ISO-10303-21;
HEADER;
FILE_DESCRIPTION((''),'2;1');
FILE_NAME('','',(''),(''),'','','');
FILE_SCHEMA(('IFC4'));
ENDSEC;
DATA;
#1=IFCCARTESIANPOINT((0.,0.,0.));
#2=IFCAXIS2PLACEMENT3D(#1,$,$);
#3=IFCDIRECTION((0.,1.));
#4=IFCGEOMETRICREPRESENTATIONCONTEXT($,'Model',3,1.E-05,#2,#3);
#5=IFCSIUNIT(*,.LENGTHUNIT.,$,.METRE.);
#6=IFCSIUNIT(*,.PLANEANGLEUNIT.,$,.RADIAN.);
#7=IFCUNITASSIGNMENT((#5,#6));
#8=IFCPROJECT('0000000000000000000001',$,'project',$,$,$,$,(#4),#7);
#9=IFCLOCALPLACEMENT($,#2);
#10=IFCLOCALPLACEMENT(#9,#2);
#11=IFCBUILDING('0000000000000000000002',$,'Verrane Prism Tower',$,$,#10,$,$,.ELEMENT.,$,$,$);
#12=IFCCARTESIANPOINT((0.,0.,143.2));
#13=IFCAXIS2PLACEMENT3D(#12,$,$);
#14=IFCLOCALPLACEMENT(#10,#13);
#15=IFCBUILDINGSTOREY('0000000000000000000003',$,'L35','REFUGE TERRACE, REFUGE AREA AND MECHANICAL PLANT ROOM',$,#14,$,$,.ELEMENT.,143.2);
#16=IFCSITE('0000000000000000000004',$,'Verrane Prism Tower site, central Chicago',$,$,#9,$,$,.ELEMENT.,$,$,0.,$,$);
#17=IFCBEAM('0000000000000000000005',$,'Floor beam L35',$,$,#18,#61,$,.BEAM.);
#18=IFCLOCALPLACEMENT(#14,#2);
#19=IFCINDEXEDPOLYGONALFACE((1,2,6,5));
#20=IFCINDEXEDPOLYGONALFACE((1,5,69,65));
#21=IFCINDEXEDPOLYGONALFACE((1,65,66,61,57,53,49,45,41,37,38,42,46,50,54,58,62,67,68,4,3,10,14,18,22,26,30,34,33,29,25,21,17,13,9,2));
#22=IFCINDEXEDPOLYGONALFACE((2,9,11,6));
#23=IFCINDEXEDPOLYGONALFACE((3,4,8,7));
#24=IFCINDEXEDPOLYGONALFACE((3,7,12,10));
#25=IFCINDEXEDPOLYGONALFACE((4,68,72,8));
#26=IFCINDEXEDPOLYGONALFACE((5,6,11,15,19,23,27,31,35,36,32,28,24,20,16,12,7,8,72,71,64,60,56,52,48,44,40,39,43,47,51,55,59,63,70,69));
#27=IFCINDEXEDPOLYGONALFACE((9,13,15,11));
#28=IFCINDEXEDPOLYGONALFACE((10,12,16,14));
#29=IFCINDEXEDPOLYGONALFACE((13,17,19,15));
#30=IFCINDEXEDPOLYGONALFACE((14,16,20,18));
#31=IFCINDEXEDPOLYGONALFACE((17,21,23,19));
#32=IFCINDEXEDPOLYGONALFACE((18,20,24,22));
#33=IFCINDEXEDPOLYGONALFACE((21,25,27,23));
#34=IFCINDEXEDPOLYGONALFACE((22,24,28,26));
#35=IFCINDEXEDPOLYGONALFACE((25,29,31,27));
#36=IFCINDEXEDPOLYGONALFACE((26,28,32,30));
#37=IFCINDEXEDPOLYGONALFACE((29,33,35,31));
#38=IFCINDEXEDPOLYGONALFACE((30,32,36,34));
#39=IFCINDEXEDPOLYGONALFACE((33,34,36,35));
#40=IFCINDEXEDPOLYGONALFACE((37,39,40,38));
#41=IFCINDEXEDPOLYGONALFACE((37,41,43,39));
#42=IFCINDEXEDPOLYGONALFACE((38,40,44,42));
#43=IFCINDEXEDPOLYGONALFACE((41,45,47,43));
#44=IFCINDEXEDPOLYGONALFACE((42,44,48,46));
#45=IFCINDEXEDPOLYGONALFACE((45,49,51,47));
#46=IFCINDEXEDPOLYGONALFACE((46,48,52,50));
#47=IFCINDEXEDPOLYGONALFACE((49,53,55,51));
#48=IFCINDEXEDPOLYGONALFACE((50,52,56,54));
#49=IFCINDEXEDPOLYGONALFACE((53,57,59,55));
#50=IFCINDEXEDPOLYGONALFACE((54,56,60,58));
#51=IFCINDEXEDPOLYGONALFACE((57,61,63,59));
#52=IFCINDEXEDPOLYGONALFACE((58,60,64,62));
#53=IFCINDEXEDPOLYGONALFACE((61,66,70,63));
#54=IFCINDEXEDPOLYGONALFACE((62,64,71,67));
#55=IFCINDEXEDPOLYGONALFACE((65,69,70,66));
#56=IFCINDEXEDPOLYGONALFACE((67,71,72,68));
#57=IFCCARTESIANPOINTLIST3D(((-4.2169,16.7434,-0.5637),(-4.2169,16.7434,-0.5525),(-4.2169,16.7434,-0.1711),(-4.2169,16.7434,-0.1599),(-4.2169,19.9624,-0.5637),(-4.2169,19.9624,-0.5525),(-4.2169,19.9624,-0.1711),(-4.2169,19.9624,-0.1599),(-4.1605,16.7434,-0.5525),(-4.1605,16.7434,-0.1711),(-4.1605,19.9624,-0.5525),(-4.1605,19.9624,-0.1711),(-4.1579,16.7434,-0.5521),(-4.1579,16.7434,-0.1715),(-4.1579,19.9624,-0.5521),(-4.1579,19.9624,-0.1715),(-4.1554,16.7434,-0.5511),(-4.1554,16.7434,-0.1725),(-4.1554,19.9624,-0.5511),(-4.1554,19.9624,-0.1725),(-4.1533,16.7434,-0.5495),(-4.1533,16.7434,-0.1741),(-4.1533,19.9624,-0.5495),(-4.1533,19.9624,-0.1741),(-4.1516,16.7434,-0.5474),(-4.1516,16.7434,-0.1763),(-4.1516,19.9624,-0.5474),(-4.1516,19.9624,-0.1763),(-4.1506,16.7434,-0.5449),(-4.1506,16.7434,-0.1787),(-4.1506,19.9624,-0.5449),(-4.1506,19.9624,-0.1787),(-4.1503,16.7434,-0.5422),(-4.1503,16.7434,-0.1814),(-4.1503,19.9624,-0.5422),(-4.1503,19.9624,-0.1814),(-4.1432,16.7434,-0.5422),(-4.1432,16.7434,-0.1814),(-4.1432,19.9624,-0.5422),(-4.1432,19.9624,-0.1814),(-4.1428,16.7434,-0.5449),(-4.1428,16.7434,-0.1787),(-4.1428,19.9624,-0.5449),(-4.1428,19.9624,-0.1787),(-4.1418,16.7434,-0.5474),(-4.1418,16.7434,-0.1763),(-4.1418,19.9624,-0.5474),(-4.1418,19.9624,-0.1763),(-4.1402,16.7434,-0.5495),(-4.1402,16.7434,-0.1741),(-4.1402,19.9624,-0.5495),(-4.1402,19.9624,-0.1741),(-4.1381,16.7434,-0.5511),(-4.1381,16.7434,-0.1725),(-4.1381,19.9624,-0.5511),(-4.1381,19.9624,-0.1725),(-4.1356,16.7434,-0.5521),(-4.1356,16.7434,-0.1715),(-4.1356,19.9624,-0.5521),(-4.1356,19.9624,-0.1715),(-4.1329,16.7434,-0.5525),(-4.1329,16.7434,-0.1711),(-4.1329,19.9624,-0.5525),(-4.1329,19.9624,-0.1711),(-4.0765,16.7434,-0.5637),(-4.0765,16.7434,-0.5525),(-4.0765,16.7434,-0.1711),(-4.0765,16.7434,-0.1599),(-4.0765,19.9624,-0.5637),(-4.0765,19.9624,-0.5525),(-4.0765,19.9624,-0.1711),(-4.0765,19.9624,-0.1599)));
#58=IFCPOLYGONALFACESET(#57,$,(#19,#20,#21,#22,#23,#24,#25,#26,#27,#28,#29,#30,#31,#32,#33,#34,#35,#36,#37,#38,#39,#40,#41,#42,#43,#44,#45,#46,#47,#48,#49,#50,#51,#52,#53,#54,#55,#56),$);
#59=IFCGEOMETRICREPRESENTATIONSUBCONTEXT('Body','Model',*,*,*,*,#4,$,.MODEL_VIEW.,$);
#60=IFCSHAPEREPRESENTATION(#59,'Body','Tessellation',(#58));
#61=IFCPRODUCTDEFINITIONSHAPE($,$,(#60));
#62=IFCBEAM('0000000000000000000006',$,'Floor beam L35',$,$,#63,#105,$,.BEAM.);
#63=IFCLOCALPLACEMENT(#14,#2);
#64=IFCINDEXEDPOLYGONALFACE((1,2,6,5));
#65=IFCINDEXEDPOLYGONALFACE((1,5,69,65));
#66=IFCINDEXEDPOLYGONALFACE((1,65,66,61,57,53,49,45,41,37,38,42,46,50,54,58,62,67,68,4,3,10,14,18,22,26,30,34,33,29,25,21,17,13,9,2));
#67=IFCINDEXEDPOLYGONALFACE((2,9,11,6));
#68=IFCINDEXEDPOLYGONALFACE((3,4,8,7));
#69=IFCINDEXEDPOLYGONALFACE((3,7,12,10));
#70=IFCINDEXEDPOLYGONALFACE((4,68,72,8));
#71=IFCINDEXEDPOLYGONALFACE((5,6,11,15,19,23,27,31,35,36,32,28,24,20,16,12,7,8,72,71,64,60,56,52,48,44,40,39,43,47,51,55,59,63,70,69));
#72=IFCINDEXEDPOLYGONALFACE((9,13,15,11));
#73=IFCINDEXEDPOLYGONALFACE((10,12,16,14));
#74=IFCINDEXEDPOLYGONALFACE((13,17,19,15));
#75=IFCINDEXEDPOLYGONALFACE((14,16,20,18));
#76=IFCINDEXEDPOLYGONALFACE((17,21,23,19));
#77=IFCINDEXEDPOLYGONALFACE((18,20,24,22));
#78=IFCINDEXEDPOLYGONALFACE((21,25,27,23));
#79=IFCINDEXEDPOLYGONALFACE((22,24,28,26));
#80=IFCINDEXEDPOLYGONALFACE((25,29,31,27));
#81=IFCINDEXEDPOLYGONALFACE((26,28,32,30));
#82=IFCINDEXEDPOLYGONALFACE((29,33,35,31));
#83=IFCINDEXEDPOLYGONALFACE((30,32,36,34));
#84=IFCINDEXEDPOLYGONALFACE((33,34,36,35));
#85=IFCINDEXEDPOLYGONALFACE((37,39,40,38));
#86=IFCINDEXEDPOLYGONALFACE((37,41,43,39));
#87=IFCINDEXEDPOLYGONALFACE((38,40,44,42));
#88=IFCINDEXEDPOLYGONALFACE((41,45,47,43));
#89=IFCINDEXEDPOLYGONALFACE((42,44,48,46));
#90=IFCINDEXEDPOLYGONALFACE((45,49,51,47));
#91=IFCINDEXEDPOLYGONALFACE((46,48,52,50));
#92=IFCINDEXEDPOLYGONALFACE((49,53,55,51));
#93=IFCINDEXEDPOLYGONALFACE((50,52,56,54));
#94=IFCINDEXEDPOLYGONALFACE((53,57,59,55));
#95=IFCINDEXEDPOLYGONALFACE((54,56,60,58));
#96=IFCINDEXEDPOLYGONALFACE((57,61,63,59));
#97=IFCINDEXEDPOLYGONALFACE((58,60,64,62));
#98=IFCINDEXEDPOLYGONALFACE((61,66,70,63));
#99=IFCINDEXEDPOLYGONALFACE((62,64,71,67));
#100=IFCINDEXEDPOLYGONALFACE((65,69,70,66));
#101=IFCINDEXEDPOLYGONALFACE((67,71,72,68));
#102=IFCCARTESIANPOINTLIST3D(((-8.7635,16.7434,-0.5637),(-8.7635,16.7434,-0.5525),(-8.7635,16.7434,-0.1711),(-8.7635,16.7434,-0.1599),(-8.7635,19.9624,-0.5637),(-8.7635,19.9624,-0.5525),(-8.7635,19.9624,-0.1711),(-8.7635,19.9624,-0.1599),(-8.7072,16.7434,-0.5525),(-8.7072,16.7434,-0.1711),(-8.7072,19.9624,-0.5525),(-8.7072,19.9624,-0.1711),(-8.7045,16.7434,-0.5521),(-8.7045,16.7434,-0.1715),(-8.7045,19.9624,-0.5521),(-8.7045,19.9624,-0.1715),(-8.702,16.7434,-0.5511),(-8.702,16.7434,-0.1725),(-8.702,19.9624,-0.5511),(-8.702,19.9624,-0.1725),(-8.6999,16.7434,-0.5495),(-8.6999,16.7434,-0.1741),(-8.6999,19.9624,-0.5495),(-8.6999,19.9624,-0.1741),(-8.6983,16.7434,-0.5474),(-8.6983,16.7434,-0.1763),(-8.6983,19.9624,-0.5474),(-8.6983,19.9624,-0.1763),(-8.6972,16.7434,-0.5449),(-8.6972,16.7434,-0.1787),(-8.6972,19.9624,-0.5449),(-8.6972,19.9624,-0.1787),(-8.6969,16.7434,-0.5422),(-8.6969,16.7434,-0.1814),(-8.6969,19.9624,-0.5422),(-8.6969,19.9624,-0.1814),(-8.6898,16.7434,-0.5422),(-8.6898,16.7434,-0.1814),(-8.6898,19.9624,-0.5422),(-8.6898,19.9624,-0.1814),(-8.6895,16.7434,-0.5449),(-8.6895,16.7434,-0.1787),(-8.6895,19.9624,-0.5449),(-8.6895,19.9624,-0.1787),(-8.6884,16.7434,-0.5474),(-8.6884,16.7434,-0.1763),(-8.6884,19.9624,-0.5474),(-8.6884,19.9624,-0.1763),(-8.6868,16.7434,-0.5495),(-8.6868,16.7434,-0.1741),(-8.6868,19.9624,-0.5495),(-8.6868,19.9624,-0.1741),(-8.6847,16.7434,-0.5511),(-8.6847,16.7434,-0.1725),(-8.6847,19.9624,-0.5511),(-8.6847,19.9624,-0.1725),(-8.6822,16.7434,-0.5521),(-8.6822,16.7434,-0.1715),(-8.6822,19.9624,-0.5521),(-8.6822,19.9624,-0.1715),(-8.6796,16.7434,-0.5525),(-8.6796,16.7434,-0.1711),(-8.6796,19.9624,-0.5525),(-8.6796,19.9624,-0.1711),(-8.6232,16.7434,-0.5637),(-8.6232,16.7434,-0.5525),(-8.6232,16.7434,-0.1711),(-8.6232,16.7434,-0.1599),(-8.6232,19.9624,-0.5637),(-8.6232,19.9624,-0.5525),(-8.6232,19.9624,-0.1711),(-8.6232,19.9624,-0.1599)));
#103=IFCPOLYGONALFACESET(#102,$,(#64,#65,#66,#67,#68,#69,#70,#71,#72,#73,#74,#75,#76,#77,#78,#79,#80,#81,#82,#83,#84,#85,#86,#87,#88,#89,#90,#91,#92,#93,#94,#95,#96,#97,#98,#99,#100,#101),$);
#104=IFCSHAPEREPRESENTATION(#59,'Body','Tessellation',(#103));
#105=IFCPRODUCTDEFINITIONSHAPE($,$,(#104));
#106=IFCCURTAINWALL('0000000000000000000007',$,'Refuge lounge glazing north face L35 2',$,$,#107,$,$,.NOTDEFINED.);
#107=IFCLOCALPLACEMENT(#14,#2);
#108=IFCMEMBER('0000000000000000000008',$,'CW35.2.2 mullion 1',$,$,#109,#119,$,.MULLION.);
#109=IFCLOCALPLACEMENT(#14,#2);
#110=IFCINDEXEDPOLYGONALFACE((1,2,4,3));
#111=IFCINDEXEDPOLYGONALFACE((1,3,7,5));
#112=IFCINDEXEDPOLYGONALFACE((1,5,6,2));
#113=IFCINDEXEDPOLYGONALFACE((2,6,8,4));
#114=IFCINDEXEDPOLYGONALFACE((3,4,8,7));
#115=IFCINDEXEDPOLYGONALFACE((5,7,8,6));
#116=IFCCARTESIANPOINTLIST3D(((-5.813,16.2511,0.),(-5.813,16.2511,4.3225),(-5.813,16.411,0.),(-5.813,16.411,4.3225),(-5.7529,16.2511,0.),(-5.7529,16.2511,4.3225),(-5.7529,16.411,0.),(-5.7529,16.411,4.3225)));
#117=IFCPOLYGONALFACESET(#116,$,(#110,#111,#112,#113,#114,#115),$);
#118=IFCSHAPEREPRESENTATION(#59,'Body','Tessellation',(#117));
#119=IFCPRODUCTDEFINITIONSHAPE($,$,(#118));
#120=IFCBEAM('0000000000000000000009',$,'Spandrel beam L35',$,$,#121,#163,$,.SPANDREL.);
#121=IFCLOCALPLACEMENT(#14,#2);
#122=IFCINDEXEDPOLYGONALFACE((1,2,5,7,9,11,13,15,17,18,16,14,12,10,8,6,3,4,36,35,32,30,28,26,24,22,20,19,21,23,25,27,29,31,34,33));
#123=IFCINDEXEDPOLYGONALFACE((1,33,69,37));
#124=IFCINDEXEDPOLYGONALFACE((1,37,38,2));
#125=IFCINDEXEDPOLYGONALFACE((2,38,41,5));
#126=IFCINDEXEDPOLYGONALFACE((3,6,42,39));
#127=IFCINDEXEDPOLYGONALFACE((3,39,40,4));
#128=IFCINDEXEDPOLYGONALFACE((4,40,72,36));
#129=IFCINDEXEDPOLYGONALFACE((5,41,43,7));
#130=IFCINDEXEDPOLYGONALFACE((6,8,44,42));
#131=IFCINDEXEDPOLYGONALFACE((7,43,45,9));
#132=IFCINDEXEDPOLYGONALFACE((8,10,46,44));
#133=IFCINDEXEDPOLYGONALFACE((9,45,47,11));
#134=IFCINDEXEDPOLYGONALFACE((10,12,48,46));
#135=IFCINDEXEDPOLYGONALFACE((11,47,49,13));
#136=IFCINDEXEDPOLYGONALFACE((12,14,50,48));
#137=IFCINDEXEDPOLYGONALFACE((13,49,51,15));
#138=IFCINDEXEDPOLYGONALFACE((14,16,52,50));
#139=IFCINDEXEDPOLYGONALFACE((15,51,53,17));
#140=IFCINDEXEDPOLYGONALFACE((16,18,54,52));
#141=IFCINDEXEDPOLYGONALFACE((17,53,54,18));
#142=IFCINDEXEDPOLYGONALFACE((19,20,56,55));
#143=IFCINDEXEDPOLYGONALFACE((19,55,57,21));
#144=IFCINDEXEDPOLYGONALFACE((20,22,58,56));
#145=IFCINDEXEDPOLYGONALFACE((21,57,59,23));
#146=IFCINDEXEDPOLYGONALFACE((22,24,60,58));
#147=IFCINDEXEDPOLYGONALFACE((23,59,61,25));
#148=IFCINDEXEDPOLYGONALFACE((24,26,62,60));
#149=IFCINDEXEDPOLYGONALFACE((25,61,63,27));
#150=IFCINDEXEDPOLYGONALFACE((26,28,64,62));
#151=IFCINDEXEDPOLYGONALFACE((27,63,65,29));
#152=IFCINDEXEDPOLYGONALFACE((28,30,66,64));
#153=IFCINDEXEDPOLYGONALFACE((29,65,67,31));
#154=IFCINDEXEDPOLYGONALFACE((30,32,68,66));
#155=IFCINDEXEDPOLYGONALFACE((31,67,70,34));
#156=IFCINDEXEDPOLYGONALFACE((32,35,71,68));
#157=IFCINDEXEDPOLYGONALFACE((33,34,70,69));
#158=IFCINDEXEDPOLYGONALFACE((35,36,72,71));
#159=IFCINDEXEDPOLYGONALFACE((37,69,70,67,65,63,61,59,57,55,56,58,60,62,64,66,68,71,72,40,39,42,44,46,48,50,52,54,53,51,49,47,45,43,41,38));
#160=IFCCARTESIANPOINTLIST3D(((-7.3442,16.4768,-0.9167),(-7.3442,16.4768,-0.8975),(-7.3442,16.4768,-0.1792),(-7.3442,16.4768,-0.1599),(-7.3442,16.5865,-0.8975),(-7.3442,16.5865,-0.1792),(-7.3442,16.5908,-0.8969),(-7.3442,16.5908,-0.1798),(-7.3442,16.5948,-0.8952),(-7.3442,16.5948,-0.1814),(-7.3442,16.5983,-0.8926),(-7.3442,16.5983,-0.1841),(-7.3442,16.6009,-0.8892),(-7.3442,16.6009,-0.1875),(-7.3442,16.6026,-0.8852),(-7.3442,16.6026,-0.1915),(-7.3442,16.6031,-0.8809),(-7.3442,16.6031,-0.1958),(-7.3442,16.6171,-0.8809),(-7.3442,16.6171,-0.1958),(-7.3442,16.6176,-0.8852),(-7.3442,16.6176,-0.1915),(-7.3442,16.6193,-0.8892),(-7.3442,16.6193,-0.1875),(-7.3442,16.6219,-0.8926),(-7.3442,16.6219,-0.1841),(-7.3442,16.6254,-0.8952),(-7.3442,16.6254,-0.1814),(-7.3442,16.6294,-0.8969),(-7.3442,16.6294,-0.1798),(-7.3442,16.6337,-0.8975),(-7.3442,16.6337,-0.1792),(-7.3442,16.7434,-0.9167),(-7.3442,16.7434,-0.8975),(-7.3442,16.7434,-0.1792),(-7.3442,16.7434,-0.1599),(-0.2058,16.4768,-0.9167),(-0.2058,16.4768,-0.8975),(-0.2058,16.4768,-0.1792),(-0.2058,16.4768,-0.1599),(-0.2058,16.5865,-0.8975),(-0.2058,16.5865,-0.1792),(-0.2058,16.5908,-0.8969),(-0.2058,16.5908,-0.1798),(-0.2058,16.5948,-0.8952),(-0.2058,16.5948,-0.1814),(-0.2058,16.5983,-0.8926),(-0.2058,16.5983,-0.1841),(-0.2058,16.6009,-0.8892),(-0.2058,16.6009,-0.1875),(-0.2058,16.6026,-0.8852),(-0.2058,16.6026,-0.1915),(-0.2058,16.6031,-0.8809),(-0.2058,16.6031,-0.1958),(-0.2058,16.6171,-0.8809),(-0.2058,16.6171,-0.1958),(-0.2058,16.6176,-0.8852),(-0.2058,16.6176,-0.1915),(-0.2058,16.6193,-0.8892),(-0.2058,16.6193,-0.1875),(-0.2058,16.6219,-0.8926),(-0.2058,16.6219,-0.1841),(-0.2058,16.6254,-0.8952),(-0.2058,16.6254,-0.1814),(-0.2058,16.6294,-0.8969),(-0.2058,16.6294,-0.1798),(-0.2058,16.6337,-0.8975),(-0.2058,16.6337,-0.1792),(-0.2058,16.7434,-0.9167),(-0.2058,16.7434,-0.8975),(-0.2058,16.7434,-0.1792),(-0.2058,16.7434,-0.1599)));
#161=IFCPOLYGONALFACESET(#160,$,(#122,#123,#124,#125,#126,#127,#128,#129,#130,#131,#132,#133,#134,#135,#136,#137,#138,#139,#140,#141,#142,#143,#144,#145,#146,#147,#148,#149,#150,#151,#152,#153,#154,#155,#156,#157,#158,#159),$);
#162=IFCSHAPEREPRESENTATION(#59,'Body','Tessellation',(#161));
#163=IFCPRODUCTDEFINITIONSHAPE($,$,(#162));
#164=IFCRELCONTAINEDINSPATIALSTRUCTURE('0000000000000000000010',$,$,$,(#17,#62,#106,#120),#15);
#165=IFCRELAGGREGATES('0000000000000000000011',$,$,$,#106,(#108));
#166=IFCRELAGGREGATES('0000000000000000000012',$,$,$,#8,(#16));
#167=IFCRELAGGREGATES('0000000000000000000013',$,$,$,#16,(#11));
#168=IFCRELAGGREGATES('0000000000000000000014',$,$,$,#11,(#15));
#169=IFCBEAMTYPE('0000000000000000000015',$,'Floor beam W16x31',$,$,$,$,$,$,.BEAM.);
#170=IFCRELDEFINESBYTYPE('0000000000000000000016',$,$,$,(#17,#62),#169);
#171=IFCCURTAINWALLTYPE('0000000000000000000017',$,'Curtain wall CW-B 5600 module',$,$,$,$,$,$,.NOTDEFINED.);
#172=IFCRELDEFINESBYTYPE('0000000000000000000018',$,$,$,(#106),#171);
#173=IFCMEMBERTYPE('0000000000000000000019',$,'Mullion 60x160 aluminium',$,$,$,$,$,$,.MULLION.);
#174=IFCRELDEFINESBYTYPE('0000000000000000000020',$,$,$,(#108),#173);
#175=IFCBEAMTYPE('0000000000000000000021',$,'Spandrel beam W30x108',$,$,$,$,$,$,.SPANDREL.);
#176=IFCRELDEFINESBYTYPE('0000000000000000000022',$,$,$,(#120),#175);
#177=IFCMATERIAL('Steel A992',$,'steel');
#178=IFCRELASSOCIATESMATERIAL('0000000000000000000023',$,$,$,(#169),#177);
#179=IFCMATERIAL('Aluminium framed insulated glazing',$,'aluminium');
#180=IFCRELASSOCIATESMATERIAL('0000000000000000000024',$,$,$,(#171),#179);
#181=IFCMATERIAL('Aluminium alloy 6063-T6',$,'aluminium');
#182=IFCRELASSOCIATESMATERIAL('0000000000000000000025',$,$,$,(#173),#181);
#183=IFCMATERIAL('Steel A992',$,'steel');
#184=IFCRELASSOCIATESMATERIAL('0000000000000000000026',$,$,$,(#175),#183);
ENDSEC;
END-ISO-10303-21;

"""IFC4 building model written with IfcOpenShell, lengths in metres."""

from ifc_helpers import new_model, si_unit, direction, frame, origin, origin_2d, place, context, subcontext, project, spatial, rectangle, i_section, extrude, material, material_profile, profile_set, type_object, element, aggregate, save


model = new_model("IFC4")

# Units and contexts
model_context = context("Model", 3, precision=1e-05, world=origin(), true_north=direction((0.0, 1.0)))
body_context = subcontext(model_context, "Body", "Model", "MODEL_VIEW")
ifc_project = project(units=[si_unit("LENGTHUNIT", "METRE"), si_unit("PLANEANGLEUNIT", "RADIAN")], contexts=[model_context])

# Site, building, storey
site_placement = place(None, origin())
site = spatial("IfcSite", under=ifc_project, at=site_placement, Name="Verrane Prism Tower site, central Chicago", CompositionType="ELEMENT", RefElevation=0.0)
building_placement = place(site_placement, origin())
building = spatial("IfcBuilding", under=site, at=building_placement, Name="Verrane Prism Tower", CompositionType="ELEMENT")
storey_placement = place(building_placement, frame((0.0, 0.0, 143.2)))
storey = spatial("IfcBuildingStorey", under=building, at=storey_placement, Name="L35", Description="REFUGE TERRACE, REFUGE AREA AND MECHANICAL PLANT ROOM", CompositionType="ELEMENT", Elevation=143.2)

# Beams
ifc_material_1 = material(Name="Steel A992", Category="steel")
ifc_material_profile_1 = material_profile(ifc_material_1, i_section(OverallWidth=0.1404, OverallDepth=0.4038, WebThickness=0.0071, FlangeThickness=0.0112, FilletRadius=0.0103, at=origin_2d()), Name="W16x31")
ifc_profile_set_1 = profile_set([ifc_material_profile_1], Name="Steel A992")
beam_type_1 = type_object("IfcBeamType", Name="Floor beam W16x31", PredefinedType="BEAM", material=ifc_profile_set_1)
for number, where, z_axis, x_axis, name in (
    (1, (-4.1467, 16.7434, -0.3618), (0.0, 1.0, 0.0), (-1.0, 0.0, 0.0), "Floor beam L35"),
    (2, (-8.6934, 16.7434, -0.3618), (0.0, 1.0, 0.0), (-1.0, 0.0, 0.0), "Floor beam L35"),
):
    element("IfcBeam", number, at=place(storey_placement, frame(where, z_axis=z_axis, x_axis=x_axis)), inside=storey, type_object=beam_type_1, Name=name, PredefinedType="BEAM", context=body_context, shape_type="SweptSolid", body=[
        extrude(i_section(OverallWidth=0.1404, OverallDepth=0.4038, WebThickness=0.0071, FlangeThickness=0.0112, FilletRadius=0.0103, at=origin_2d()), origin(), (0.0, 0.0, 1.0), 3.219),
    ])

# Curtain wall, member
ifc_material_2 = material(Name="Aluminium framed insulated glazing", Category="aluminium")
curtain_wall_type = type_object("IfcCurtainWallType", Name="Curtain wall CW-B 5600 module", PredefinedType="NOTDEFINED", material=ifc_material_2)
curtain_wall_placement = place(storey_placement, origin())
curtain_wall = element("IfcCurtainWall", 3, at=curtain_wall_placement, inside=storey, type_object=curtain_wall_type, Name="Refuge lounge glazing north face L35 2", PredefinedType="NOTDEFINED")
ifc_material_3 = material(Name="Aluminium alloy 6063-T6", Category="aluminium")
ifc_material_profile_2 = material_profile(ifc_material_3, rectangle(XDim=0.1599, YDim=0.0601, at=origin_2d()), Name="Mullion 60x160 aluminium")
ifc_profile_set_2 = profile_set([ifc_material_profile_2], Name="Aluminium alloy 6063-T6")
member_type_1 = type_object("IfcMemberType", Name="Mullion 60x160 aluminium", PredefinedType="MULLION", material=ifc_profile_set_2)
member_1_placement = place(storey_placement, frame((-5.783, 16.3311, 0.0), z_axis=(0.0, 0.0, 1.0), x_axis=(0.0, -1.0, 0.0)))
member_1 = element("IfcMember", 4, at=member_1_placement, type_object=member_type_1, Name="CW35.2.2 mullion 1", PredefinedType="MULLION", context=body_context, shape_type="SweptSolid", body=[
    extrude(rectangle(XDim=0.1599, YDim=0.0601, at=origin_2d()), origin(), (0.0, 0.0, 1.0), 4.3225),
])

# Beam
ifc_material_4 = material(Name="Steel A992", Category="steel")
ifc_material_profile_3 = material_profile(ifc_material_4, i_section(OverallWidth=0.2666, OverallDepth=0.7568, WebThickness=0.0139, FlangeThickness=0.0193, FilletRadius=0.0166, at=origin_2d()), Name="W30x108")
ifc_profile_set_3 = profile_set([ifc_material_profile_3], Name="Steel A992")
beam_type_2 = type_object("IfcBeamType", Name="Spandrel beam W30x108", PredefinedType="SPANDREL", material=ifc_profile_set_3)
beam_1_placement = place(storey_placement, frame((-0.2058, 16.6101, -0.5383), z_axis=(-1.0, 0.0, 0.0), x_axis=(0.0, -1.0, 0.0)))
element("IfcBeam", 5, at=beam_1_placement, inside=storey, type_object=beam_type_2, Name="Spandrel beam L35", PredefinedType="SPANDREL", context=body_context, shape_type="SweptSolid", body=[
    extrude(i_section(OverallWidth=0.2666, OverallDepth=0.7568, WebThickness=0.0139, FlangeThickness=0.0193, FilletRadius=0.0166, at=origin_2d()), origin(), (0.0, 0.0, 1.0), 7.1384),
])

aggregate(curtain_wall, [member_1])

save(model, "model.ifc")
